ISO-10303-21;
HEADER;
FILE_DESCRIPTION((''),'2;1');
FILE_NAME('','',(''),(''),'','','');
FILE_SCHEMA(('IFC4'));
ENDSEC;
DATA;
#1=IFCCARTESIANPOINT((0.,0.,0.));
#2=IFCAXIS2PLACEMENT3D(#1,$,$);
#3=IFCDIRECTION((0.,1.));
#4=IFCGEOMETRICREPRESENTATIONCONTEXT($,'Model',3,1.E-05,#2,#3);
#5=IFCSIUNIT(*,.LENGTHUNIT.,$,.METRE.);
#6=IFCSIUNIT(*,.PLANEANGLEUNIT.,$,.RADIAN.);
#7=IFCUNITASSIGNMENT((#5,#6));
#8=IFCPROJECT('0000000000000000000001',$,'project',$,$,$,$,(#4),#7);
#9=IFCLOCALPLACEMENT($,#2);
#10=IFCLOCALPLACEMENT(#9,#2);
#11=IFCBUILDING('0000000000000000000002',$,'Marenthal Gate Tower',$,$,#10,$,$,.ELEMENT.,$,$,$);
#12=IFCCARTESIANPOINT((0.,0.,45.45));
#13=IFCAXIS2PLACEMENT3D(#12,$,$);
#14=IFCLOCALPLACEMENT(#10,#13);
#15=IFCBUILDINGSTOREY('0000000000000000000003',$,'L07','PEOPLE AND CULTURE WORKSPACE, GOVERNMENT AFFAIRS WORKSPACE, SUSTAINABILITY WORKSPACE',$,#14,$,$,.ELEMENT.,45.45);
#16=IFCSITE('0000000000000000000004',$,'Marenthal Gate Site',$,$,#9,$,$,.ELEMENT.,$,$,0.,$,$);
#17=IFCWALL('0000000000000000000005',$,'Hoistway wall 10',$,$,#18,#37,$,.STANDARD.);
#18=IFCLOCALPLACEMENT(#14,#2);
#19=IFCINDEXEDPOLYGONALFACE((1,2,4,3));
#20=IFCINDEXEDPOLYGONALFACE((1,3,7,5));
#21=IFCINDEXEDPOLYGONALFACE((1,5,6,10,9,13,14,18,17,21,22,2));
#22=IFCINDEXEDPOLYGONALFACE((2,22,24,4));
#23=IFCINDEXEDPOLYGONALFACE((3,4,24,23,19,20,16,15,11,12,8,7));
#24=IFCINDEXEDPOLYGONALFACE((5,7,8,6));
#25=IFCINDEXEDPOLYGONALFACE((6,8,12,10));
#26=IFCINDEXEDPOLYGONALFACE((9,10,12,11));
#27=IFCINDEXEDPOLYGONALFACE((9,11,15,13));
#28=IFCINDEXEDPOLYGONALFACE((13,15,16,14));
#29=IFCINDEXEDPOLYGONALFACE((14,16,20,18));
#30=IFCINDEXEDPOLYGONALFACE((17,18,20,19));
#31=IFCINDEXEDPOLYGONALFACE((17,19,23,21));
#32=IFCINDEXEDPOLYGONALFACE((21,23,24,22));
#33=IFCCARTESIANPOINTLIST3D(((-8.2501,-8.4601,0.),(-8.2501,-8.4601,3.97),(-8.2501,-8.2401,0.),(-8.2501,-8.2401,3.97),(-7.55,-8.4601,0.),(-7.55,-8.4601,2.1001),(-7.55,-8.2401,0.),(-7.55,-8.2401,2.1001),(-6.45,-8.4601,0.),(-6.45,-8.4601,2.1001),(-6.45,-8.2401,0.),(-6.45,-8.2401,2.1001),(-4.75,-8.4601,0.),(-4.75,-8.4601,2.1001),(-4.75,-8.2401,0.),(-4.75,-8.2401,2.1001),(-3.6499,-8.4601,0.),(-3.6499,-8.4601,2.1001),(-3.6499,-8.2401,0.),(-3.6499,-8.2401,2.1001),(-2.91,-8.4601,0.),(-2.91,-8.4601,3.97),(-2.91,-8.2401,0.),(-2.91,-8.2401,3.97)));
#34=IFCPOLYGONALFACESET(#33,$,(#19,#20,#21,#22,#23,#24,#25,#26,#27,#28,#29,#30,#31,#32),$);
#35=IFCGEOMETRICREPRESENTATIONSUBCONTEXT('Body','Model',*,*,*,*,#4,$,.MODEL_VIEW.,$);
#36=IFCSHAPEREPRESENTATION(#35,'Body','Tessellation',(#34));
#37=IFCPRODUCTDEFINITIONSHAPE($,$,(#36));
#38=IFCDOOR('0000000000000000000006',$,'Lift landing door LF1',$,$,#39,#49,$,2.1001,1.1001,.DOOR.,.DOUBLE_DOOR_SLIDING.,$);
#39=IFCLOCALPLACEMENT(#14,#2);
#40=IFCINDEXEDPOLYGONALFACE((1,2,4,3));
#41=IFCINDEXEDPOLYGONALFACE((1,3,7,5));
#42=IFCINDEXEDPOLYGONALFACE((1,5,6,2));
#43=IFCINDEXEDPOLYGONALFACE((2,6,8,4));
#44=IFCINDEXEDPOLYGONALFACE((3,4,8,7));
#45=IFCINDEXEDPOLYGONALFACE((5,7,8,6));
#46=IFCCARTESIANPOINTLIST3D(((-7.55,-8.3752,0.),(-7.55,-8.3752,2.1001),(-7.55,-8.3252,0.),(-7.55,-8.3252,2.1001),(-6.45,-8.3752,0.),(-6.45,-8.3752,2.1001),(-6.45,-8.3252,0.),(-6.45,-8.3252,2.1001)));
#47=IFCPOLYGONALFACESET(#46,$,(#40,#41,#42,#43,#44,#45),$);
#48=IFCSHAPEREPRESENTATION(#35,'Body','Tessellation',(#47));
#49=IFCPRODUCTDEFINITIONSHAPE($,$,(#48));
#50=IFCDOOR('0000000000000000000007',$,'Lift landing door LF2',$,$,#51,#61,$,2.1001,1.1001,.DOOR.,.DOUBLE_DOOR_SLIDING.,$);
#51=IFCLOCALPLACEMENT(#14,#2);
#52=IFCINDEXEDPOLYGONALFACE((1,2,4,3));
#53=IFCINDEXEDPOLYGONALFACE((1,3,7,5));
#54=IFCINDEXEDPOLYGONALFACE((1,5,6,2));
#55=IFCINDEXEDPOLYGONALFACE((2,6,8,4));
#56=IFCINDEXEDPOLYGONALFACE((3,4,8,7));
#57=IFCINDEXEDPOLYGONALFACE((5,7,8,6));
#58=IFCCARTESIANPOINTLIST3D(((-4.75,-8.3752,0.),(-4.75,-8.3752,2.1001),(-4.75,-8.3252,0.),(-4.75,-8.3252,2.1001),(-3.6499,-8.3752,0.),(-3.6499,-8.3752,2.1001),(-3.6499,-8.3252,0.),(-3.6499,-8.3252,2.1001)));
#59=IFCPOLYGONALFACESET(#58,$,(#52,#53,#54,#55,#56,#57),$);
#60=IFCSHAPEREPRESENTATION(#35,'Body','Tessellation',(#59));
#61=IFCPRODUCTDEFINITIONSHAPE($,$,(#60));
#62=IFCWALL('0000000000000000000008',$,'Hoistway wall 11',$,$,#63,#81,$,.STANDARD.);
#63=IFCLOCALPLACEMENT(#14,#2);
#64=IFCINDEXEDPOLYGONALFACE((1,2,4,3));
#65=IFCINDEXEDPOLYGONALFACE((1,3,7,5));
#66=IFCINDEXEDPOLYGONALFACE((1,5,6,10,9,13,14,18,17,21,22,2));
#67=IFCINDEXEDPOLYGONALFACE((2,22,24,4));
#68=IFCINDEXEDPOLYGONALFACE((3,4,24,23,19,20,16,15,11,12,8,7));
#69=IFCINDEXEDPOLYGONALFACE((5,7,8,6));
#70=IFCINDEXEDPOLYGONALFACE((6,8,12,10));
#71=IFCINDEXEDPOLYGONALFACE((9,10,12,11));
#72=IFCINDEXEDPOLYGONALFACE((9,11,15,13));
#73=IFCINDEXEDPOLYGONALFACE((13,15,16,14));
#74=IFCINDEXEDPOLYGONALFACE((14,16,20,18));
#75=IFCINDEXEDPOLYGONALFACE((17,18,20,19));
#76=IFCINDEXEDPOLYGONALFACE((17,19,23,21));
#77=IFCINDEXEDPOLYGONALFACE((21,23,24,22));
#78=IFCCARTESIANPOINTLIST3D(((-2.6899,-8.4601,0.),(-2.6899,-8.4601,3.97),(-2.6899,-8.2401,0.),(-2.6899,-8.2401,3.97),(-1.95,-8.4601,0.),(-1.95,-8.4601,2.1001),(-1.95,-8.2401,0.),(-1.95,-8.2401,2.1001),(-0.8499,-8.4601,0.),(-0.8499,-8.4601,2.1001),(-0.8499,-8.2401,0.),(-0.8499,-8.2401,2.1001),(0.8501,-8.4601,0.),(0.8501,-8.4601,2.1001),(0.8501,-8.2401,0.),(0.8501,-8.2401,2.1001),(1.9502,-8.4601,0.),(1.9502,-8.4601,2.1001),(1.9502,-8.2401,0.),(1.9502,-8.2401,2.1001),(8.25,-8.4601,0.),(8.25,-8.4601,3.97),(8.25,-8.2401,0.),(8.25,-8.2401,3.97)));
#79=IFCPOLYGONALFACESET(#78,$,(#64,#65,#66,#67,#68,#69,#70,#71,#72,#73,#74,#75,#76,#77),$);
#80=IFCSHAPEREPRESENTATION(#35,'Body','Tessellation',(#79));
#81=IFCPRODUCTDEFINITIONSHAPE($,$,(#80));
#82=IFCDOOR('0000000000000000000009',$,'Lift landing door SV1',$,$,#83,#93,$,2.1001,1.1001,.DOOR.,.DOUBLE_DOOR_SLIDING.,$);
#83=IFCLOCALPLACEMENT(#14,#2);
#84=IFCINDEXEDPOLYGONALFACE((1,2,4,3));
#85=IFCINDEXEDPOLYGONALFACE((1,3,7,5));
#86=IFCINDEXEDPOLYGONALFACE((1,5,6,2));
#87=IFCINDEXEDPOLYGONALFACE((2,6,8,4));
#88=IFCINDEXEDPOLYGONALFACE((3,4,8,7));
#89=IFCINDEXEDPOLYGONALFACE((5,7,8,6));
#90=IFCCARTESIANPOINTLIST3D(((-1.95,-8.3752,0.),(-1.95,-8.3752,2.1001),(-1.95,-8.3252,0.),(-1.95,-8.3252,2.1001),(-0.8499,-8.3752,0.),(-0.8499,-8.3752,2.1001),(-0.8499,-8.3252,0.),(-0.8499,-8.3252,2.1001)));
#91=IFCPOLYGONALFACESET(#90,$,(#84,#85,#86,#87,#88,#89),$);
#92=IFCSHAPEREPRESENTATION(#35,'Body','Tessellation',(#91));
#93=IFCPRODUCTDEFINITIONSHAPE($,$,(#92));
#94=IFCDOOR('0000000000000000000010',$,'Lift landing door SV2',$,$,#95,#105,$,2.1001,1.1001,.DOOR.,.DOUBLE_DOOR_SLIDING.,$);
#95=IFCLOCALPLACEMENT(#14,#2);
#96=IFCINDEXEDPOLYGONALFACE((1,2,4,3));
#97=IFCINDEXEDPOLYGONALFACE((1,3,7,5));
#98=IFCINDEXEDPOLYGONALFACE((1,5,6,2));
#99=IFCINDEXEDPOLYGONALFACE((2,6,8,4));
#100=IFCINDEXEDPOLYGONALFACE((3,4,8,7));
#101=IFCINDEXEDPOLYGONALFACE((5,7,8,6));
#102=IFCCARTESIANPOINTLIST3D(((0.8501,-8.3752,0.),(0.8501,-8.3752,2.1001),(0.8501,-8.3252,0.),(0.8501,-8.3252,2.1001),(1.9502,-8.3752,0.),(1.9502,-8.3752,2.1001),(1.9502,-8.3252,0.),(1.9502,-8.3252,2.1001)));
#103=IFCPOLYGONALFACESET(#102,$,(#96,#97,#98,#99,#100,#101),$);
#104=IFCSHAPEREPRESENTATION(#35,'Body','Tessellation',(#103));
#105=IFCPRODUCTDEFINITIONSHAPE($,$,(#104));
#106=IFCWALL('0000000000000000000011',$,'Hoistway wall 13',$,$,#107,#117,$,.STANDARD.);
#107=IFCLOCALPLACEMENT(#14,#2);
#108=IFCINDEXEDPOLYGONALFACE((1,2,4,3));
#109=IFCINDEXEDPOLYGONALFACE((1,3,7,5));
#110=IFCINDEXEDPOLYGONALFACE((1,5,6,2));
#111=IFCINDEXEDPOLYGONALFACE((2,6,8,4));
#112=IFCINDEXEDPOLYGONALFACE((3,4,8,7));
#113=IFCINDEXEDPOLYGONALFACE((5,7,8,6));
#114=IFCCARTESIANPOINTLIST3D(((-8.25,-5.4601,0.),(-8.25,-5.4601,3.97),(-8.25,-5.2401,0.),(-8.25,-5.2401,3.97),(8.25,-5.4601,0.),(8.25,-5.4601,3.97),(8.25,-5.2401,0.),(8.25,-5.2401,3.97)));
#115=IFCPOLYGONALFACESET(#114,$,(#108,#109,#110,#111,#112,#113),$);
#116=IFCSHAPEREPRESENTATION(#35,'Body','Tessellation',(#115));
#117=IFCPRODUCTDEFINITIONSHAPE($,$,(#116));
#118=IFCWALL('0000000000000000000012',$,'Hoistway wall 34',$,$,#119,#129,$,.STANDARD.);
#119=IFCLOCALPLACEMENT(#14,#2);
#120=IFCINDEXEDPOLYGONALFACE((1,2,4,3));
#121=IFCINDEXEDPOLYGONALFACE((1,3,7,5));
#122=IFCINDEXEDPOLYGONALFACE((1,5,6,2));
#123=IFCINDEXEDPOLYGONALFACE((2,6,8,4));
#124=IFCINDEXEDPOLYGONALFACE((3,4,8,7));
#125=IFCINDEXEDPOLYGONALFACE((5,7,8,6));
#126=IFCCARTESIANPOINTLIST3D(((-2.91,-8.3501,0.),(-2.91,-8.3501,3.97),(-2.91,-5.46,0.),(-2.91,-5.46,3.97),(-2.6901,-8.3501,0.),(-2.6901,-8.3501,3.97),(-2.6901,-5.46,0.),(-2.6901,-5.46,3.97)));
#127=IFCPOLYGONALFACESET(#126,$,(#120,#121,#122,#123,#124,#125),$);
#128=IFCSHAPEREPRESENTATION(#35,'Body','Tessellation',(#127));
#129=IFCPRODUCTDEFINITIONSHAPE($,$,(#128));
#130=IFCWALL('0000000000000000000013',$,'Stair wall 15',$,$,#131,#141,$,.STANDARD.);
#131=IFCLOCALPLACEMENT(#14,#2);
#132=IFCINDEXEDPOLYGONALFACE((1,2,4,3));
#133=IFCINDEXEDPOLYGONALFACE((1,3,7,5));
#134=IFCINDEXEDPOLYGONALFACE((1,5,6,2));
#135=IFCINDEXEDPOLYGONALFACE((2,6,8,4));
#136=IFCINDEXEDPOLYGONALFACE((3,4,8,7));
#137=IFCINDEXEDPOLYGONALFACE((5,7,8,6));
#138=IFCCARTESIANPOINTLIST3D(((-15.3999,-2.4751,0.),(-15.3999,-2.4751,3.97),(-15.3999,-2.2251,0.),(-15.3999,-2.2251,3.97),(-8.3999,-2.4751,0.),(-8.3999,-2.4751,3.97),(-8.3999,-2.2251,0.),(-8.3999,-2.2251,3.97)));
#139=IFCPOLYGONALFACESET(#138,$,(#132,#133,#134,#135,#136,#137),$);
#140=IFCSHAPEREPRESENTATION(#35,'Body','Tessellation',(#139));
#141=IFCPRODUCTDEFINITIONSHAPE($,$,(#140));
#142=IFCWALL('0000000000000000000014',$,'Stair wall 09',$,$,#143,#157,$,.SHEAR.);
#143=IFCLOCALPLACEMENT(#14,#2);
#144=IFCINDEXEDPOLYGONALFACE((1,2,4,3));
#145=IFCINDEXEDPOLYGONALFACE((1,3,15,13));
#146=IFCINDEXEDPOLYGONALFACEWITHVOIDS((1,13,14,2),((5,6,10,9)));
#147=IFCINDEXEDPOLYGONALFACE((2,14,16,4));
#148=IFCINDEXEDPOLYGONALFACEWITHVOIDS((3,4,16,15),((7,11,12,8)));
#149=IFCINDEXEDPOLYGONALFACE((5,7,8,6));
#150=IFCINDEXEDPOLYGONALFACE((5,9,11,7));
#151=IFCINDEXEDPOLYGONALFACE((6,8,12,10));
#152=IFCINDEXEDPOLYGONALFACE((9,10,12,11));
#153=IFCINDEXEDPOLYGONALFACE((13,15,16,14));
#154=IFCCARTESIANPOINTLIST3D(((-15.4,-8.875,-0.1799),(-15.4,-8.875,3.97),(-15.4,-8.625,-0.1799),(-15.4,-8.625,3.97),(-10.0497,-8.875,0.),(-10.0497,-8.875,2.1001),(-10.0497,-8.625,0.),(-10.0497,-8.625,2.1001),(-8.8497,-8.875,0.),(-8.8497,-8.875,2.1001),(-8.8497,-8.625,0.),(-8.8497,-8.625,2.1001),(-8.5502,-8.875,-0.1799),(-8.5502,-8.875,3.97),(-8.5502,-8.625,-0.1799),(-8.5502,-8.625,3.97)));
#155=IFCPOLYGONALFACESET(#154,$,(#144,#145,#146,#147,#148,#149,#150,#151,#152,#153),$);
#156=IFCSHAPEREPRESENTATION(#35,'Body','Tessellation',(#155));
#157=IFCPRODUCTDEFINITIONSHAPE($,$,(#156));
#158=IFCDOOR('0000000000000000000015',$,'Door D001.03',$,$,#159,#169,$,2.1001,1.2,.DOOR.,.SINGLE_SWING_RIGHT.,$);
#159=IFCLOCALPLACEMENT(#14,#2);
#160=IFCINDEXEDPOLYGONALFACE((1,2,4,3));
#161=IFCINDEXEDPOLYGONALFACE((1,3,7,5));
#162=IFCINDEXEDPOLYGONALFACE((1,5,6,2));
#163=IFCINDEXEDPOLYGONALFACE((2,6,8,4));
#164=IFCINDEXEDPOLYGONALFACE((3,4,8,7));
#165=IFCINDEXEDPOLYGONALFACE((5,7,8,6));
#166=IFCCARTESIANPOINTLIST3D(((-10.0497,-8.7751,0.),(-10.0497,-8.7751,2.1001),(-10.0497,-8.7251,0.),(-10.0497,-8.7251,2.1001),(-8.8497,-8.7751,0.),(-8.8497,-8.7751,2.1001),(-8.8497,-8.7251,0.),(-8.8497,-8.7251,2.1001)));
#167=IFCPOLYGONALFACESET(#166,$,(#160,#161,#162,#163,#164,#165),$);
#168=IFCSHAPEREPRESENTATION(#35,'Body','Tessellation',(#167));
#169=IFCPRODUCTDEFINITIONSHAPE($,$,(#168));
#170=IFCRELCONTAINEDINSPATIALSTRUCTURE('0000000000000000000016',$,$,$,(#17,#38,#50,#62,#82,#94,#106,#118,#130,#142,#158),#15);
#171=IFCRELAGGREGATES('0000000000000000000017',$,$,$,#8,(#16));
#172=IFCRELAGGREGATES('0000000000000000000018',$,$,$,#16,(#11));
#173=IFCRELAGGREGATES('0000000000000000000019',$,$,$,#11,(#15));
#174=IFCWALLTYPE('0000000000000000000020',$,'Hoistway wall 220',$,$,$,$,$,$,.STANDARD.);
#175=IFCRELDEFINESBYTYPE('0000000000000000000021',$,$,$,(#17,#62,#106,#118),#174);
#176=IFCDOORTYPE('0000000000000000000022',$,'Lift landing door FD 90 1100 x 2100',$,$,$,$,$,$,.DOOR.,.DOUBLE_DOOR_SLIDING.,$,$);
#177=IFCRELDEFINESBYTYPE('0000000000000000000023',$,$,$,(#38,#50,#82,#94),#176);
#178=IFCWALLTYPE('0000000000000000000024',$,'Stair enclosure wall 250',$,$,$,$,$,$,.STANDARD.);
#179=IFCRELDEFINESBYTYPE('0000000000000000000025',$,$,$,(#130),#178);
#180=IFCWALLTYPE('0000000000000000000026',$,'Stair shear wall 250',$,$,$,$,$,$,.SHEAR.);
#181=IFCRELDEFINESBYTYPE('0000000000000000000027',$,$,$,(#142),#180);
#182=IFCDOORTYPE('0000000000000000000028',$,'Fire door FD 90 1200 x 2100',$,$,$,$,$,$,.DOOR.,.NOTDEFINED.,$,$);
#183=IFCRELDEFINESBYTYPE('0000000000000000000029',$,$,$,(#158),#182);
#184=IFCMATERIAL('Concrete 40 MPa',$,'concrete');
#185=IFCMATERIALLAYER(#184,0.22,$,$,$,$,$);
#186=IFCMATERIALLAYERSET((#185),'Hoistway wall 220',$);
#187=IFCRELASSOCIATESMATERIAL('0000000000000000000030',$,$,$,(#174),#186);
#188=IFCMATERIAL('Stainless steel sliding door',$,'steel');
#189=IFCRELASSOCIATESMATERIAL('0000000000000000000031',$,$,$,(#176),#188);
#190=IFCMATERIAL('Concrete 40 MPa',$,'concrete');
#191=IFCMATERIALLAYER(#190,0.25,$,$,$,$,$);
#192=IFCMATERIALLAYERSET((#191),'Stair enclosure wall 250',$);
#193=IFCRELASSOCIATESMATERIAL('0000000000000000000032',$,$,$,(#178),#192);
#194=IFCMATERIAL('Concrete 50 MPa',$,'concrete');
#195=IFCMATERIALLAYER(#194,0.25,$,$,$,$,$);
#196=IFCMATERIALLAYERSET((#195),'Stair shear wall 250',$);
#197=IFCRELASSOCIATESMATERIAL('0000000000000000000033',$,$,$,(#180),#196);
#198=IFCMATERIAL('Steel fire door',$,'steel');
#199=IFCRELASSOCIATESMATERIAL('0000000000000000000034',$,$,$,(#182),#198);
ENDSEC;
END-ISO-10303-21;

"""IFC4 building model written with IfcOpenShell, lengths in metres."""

from ifc_helpers import new_model, si_unit, direction, frame, frame_2d, origin, place, context, subcontext, project, spatial, rectangle, extrude, material, layer, layer_set, type_object, element, fill, save


model = new_model("IFC4")

# Units and contexts
model_context = context("Model", 3, precision=1e-05, world=origin(), true_north=direction((0.0, 1.0)))
body_context = subcontext(model_context, "Body", "Model", "MODEL_VIEW")
ifc_project = project(units=[si_unit("LENGTHUNIT", "METRE"), si_unit("PLANEANGLEUNIT", "RADIAN")], contexts=[model_context])

# Site, building, storey
site_placement = place(None, origin())
site = spatial("IfcSite", under=ifc_project, at=site_placement, Name="Marenthal Gate Site", CompositionType="ELEMENT", RefElevation=0.0)
building_placement = place(site_placement, origin())
building = spatial("IfcBuilding", under=site, at=building_placement, Name="Marenthal Gate Tower", CompositionType="ELEMENT")
storey_placement = place(building_placement, frame((0.0, 0.0, 45.45)))
storey = spatial("IfcBuildingStorey", under=building, at=storey_placement, Name="L07", Description="PEOPLE AND CULTURE WORKSPACE, GOVERNMENT AFFAIRS WORKSPACE, SUSTAINABILITY WORKSPACE", CompositionType="ELEMENT", Elevation=45.45)

# Walls, openings, doors
ifc_material_1 = material(Name="Concrete 40 MPa", Category="concrete")
ifc_layer_1 = layer(ifc_material_1, 0.22)
ifc_layer_set_1 = layer_set([ifc_layer_1], Name="Hoistway wall 220")
wall_type_1 = type_object("IfcWallType", Name="Hoistway wall 220", PredefinedType="STANDARD", material=ifc_layer_set_1)
wall_1_placement = place(storey_placement, frame((-8.25, -8.3501, 0.0), z_axis=(0.0, 0.0, 1.0), x_axis=(1.0, 0.0, 0.0)))
wall_1 = element("IfcWall", 1, at=wall_1_placement, inside=storey, type_object=wall_type_1, Name="Hoistway wall 10", PredefinedType="STANDARD", context=body_context, shape_type="SweptSolid", body=[
    extrude(rectangle(XDim=5.3401, YDim=0.22, at=frame_2d((2.6699, 0.0))), origin(), (0.0, 0.0, 1.0), 3.97),
])
opening_1_placement = place(wall_1_placement, frame((0.7, 0.0, 0.0)))
opening_1 = element("IfcOpeningElement", 2, at=opening_1_placement, cuts=wall_1, PredefinedType="OPENING", context=body_context, shape_type="SweptSolid", body=[
    extrude(rectangle(XDim=1.1001, YDim=2.1001, at=frame_2d((0.55, 1.05))), frame((0.0, 0.1201, 0.0), z_axis=(0.0, -1.0, 0.0), x_axis=(1.0, 0.0, 0.0)), (0.0, 0.0, 1.0), 0.24),
])
opening_2_placement = place(wall_1_placement, frame((3.5, 0.0, 0.0)))
opening_2 = element("IfcOpeningElement", 3, at=opening_2_placement, cuts=wall_1, PredefinedType="OPENING", context=body_context, shape_type="SweptSolid", body=[
    extrude(rectangle(XDim=1.1001, YDim=2.1001, at=frame_2d((0.55, 1.05))), frame((0.0, 0.1201, 0.0), z_axis=(0.0, -1.0, 0.0), x_axis=(1.0, 0.0, 0.0)), (0.0, 0.0, 1.0), 0.24),
])
ifc_material_2 = material(Name="Stainless steel sliding door", Category="steel")
door_type_1 = type_object("IfcDoorType", Name="Lift landing door FD 90 1100 x 2100", OperationType="DOUBLE_DOOR_SLIDING", PredefinedType="DOOR", material=ifc_material_2)
door_1_placement = place(opening_1_placement, origin())
door_1 = element("IfcDoor", 4, at=door_1_placement, inside=storey, type_object=door_type_1, Name="Lift landing door LF1", OperationType="DOUBLE_DOOR_SLIDING", OverallHeight=2.1001, OverallWidth=1.1001, PredefinedType="DOOR", context=body_context, shape_type="SweptSolid", body=[
    extrude(rectangle(XDim=1.1001, YDim=2.1001, at=frame_2d((0.55, 1.05))), frame((0.0, 0.0249, 0.0), z_axis=(0.0, -1.0, 0.0), x_axis=(1.0, 0.0, 0.0)), (0.0, 0.0, 1.0), 0.05),
])
fill(opening_1, door_1)
door_2_placement = place(opening_2_placement, origin())
door_2 = element("IfcDoor", 5, at=door_2_placement, inside=storey, type_object=door_type_1, Name="Lift landing door LF2", OperationType="DOUBLE_DOOR_SLIDING", OverallHeight=2.1001, OverallWidth=1.1001, PredefinedType="DOOR", context=body_context, shape_type="SweptSolid", body=[
    extrude(rectangle(XDim=1.1001, YDim=2.1001, at=frame_2d((0.55, 1.05))), frame((0.0, 0.0249, 0.0), z_axis=(0.0, -1.0, 0.0), x_axis=(1.0, 0.0, 0.0)), (0.0, 0.0, 1.0), 0.05),
])
fill(opening_2, door_2)
wall_2_placement = place(storey_placement, frame((-2.6899, -8.3501, 0.0), z_axis=(0.0, 0.0, 1.0), x_axis=(1.0, 0.0, 0.0)))
wall_2 = element("IfcWall", 6, at=wall_2_placement, inside=storey, type_object=wall_type_1, Name="Hoistway wall 11", PredefinedType="STANDARD", context=body_context, shape_type="SweptSolid", body=[
    extrude(rectangle(XDim=10.9399, YDim=0.22, at=frame_2d((5.47, 0.0))), origin(), (0.0, 0.0, 1.0), 3.97),
])
opening_3_placement = place(wall_2_placement, frame((0.74, 0.0, 0.0)))
opening_3 = element("IfcOpeningElement", 7, at=opening_3_placement, cuts=wall_2, PredefinedType="OPENING", context=body_context, shape_type="SweptSolid", body=[
    extrude(rectangle(XDim=1.1001, YDim=2.1001, at=frame_2d((0.55, 1.05))), frame((0.0, 0.1201, 0.0), z_axis=(0.0, -1.0, 0.0), x_axis=(1.0, 0.0, 0.0)), (0.0, 0.0, 1.0), 0.24),
])
opening_4_placement = place(wall_2_placement, frame((3.54, 0.0, 0.0)))
opening_4 = element("IfcOpeningElement", 8, at=opening_4_placement, cuts=wall_2, PredefinedType="OPENING", context=body_context, shape_type="SweptSolid", body=[
    extrude(rectangle(XDim=1.1001, YDim=2.1001, at=frame_2d((0.55, 1.05))), frame((0.0, 0.1201, 0.0), z_axis=(0.0, -1.0, 0.0), x_axis=(1.0, 0.0, 0.0)), (0.0, 0.0, 1.0), 0.24),
])
door_3_placement = place(opening_3_placement, origin())
door_3 = element("IfcDoor", 9, at=door_3_placement, inside=storey, type_object=door_type_1, Name="Lift landing door SV1", OperationType="DOUBLE_DOOR_SLIDING", OverallHeight=2.1001, OverallWidth=1.1001, PredefinedType="DOOR", context=body_context, shape_type="SweptSolid", body=[
    extrude(rectangle(XDim=1.1001, YDim=2.1001, at=frame_2d((0.55, 1.05))), frame((0.0, 0.0249, 0.0), z_axis=(0.0, -1.0, 0.0), x_axis=(1.0, 0.0, 0.0)), (0.0, 0.0, 1.0), 0.05),
])
fill(opening_3, door_3)
door_4_placement = place(opening_4_placement, origin())
door_4 = element("IfcDoor", 10, at=door_4_placement, inside=storey, type_object=door_type_1, Name="Lift landing door SV2", OperationType="DOUBLE_DOOR_SLIDING", OverallHeight=2.1001, OverallWidth=1.1001, PredefinedType="DOOR", context=body_context, shape_type="SweptSolid", body=[
    extrude(rectangle(XDim=1.1001, YDim=2.1001, at=frame_2d((0.55, 1.05))), frame((0.0, 0.0249, 0.0), z_axis=(0.0, -1.0, 0.0), x_axis=(1.0, 0.0, 0.0)), (0.0, 0.0, 1.0), 0.05),
])
fill(opening_4, door_4)

# Walls
wall_3_placement = place(storey_placement, frame((-8.25, -5.3501, 0.0), z_axis=(0.0, 0.0, 1.0), x_axis=(1.0, 0.0, 0.0)))
element("IfcWall", 11, at=wall_3_placement, inside=storey, type_object=wall_type_1, Name="Hoistway wall 13", PredefinedType="STANDARD", context=body_context, shape_type="SweptSolid", body=[
    extrude(rectangle(XDim=16.5, YDim=0.22, at=frame_2d((8.25, 0.0))), origin(), (0.0, 0.0, 1.0), 3.97),
])
wall_4_placement = place(storey_placement, frame((-2.8, -8.3501, 0.0), z_axis=(0.0, 0.0, 1.0), x_axis=(0.0, 1.0, 0.0)))
element("IfcWall", 12, at=wall_4_placement, inside=storey, type_object=wall_type_1, Name="Hoistway wall 34", PredefinedType="STANDARD", context=body_context, shape_type="SweptSolid", body=[
    extrude(rectangle(XDim=2.8901, YDim=0.22, at=frame_2d((1.4451, 0.0))), origin(), (0.0, 0.0, 1.0), 3.97),
])
ifc_material_3 = material(Name="Concrete 40 MPa", Category="concrete")
ifc_layer_2 = layer(ifc_material_3, 0.25)
ifc_layer_set_2 = layer_set([ifc_layer_2], Name="Stair enclosure wall 250")
wall_type_2 = type_object("IfcWallType", Name="Stair enclosure wall 250", PredefinedType="STANDARD", material=ifc_layer_set_2)
wall_5_placement = place(storey_placement, frame((-15.3999, -2.3501, 0.0), z_axis=(0.0, 0.0, 1.0), x_axis=(1.0, 0.0, 0.0)))
element("IfcWall", 13, at=wall_5_placement, inside=storey, type_object=wall_type_2, Name="Stair wall 15", PredefinedType="STANDARD", context=body_context, shape_type="SweptSolid", body=[
    extrude(rectangle(XDim=7.0, YDim=0.25, at=frame_2d((3.5, 0.0))), origin(), (0.0, 0.0, 1.0), 3.97),
])

# Wall, opening, door
ifc_material_4 = material(Name="Concrete 50 MPa", Category="concrete")
ifc_layer_3 = layer(ifc_material_4, 0.25)
ifc_layer_set_3 = layer_set([ifc_layer_3], Name="Stair shear wall 250")
wall_type_3 = type_object("IfcWallType", Name="Stair shear wall 250", PredefinedType="SHEAR", material=ifc_layer_set_3)
wall_6_placement = place(storey_placement, frame((-15.3999, -8.75, -0.1799), z_axis=(0.0, 0.0, 1.0), x_axis=(1.0, 0.0, 0.0)))
wall_6 = element("IfcWall", 14, at=wall_6_placement, inside=storey, type_object=wall_type_3, Name="Stair wall 09", PredefinedType="SHEAR", context=body_context, shape_type="SweptSolid", body=[
    extrude(rectangle(XDim=6.8499, YDim=0.25, at=frame_2d((3.4248, 0.0))), origin(), (0.0, 0.0, 1.0), 4.1499),
])
opening_5_placement = place(wall_6_placement, frame((5.3501, 0.0, 0.1799)))
opening_5 = element("IfcOpeningElement", 15, at=opening_5_placement, cuts=wall_6, PredefinedType="OPENING", context=body_context, shape_type="SweptSolid", body=[
    extrude(rectangle(XDim=1.2, YDim=2.1001, at=frame_2d((0.6001, 1.05))), frame((0.0, 0.135, 0.0), z_axis=(0.0, -1.0, 0.0), x_axis=(1.0, 0.0, 0.0)), (0.0, 0.0, 1.0), 0.27),
])
ifc_material_5 = material(Name="Steel fire door", Category="steel")
door_type_2 = type_object("IfcDoorType", Name="Fire door FD 90 1200 x 2100", OperationType="NOTDEFINED", PredefinedType="DOOR", material=ifc_material_5)
door_5_placement = place(opening_5_placement, origin())
door_5 = element("IfcDoor", 16, at=door_5_placement, inside=storey, type_object=door_type_2, Name="Door D001.03", OperationType="SINGLE_SWING_RIGHT", OverallHeight=2.1001, OverallWidth=1.2, PredefinedType="DOOR", context=body_context, shape_type="SweptSolid", body=[
    extrude(rectangle(XDim=1.2, YDim=2.1001, at=frame_2d((0.6001, 1.05))), frame((0.0, 0.0249, 0.0), z_axis=(0.0, -1.0, 0.0), x_axis=(1.0, 0.0, 0.0)), (0.0, 0.0, 1.0), 0.05),
])
fill(opening_5, door_5)

save(model, "model.ifc")
